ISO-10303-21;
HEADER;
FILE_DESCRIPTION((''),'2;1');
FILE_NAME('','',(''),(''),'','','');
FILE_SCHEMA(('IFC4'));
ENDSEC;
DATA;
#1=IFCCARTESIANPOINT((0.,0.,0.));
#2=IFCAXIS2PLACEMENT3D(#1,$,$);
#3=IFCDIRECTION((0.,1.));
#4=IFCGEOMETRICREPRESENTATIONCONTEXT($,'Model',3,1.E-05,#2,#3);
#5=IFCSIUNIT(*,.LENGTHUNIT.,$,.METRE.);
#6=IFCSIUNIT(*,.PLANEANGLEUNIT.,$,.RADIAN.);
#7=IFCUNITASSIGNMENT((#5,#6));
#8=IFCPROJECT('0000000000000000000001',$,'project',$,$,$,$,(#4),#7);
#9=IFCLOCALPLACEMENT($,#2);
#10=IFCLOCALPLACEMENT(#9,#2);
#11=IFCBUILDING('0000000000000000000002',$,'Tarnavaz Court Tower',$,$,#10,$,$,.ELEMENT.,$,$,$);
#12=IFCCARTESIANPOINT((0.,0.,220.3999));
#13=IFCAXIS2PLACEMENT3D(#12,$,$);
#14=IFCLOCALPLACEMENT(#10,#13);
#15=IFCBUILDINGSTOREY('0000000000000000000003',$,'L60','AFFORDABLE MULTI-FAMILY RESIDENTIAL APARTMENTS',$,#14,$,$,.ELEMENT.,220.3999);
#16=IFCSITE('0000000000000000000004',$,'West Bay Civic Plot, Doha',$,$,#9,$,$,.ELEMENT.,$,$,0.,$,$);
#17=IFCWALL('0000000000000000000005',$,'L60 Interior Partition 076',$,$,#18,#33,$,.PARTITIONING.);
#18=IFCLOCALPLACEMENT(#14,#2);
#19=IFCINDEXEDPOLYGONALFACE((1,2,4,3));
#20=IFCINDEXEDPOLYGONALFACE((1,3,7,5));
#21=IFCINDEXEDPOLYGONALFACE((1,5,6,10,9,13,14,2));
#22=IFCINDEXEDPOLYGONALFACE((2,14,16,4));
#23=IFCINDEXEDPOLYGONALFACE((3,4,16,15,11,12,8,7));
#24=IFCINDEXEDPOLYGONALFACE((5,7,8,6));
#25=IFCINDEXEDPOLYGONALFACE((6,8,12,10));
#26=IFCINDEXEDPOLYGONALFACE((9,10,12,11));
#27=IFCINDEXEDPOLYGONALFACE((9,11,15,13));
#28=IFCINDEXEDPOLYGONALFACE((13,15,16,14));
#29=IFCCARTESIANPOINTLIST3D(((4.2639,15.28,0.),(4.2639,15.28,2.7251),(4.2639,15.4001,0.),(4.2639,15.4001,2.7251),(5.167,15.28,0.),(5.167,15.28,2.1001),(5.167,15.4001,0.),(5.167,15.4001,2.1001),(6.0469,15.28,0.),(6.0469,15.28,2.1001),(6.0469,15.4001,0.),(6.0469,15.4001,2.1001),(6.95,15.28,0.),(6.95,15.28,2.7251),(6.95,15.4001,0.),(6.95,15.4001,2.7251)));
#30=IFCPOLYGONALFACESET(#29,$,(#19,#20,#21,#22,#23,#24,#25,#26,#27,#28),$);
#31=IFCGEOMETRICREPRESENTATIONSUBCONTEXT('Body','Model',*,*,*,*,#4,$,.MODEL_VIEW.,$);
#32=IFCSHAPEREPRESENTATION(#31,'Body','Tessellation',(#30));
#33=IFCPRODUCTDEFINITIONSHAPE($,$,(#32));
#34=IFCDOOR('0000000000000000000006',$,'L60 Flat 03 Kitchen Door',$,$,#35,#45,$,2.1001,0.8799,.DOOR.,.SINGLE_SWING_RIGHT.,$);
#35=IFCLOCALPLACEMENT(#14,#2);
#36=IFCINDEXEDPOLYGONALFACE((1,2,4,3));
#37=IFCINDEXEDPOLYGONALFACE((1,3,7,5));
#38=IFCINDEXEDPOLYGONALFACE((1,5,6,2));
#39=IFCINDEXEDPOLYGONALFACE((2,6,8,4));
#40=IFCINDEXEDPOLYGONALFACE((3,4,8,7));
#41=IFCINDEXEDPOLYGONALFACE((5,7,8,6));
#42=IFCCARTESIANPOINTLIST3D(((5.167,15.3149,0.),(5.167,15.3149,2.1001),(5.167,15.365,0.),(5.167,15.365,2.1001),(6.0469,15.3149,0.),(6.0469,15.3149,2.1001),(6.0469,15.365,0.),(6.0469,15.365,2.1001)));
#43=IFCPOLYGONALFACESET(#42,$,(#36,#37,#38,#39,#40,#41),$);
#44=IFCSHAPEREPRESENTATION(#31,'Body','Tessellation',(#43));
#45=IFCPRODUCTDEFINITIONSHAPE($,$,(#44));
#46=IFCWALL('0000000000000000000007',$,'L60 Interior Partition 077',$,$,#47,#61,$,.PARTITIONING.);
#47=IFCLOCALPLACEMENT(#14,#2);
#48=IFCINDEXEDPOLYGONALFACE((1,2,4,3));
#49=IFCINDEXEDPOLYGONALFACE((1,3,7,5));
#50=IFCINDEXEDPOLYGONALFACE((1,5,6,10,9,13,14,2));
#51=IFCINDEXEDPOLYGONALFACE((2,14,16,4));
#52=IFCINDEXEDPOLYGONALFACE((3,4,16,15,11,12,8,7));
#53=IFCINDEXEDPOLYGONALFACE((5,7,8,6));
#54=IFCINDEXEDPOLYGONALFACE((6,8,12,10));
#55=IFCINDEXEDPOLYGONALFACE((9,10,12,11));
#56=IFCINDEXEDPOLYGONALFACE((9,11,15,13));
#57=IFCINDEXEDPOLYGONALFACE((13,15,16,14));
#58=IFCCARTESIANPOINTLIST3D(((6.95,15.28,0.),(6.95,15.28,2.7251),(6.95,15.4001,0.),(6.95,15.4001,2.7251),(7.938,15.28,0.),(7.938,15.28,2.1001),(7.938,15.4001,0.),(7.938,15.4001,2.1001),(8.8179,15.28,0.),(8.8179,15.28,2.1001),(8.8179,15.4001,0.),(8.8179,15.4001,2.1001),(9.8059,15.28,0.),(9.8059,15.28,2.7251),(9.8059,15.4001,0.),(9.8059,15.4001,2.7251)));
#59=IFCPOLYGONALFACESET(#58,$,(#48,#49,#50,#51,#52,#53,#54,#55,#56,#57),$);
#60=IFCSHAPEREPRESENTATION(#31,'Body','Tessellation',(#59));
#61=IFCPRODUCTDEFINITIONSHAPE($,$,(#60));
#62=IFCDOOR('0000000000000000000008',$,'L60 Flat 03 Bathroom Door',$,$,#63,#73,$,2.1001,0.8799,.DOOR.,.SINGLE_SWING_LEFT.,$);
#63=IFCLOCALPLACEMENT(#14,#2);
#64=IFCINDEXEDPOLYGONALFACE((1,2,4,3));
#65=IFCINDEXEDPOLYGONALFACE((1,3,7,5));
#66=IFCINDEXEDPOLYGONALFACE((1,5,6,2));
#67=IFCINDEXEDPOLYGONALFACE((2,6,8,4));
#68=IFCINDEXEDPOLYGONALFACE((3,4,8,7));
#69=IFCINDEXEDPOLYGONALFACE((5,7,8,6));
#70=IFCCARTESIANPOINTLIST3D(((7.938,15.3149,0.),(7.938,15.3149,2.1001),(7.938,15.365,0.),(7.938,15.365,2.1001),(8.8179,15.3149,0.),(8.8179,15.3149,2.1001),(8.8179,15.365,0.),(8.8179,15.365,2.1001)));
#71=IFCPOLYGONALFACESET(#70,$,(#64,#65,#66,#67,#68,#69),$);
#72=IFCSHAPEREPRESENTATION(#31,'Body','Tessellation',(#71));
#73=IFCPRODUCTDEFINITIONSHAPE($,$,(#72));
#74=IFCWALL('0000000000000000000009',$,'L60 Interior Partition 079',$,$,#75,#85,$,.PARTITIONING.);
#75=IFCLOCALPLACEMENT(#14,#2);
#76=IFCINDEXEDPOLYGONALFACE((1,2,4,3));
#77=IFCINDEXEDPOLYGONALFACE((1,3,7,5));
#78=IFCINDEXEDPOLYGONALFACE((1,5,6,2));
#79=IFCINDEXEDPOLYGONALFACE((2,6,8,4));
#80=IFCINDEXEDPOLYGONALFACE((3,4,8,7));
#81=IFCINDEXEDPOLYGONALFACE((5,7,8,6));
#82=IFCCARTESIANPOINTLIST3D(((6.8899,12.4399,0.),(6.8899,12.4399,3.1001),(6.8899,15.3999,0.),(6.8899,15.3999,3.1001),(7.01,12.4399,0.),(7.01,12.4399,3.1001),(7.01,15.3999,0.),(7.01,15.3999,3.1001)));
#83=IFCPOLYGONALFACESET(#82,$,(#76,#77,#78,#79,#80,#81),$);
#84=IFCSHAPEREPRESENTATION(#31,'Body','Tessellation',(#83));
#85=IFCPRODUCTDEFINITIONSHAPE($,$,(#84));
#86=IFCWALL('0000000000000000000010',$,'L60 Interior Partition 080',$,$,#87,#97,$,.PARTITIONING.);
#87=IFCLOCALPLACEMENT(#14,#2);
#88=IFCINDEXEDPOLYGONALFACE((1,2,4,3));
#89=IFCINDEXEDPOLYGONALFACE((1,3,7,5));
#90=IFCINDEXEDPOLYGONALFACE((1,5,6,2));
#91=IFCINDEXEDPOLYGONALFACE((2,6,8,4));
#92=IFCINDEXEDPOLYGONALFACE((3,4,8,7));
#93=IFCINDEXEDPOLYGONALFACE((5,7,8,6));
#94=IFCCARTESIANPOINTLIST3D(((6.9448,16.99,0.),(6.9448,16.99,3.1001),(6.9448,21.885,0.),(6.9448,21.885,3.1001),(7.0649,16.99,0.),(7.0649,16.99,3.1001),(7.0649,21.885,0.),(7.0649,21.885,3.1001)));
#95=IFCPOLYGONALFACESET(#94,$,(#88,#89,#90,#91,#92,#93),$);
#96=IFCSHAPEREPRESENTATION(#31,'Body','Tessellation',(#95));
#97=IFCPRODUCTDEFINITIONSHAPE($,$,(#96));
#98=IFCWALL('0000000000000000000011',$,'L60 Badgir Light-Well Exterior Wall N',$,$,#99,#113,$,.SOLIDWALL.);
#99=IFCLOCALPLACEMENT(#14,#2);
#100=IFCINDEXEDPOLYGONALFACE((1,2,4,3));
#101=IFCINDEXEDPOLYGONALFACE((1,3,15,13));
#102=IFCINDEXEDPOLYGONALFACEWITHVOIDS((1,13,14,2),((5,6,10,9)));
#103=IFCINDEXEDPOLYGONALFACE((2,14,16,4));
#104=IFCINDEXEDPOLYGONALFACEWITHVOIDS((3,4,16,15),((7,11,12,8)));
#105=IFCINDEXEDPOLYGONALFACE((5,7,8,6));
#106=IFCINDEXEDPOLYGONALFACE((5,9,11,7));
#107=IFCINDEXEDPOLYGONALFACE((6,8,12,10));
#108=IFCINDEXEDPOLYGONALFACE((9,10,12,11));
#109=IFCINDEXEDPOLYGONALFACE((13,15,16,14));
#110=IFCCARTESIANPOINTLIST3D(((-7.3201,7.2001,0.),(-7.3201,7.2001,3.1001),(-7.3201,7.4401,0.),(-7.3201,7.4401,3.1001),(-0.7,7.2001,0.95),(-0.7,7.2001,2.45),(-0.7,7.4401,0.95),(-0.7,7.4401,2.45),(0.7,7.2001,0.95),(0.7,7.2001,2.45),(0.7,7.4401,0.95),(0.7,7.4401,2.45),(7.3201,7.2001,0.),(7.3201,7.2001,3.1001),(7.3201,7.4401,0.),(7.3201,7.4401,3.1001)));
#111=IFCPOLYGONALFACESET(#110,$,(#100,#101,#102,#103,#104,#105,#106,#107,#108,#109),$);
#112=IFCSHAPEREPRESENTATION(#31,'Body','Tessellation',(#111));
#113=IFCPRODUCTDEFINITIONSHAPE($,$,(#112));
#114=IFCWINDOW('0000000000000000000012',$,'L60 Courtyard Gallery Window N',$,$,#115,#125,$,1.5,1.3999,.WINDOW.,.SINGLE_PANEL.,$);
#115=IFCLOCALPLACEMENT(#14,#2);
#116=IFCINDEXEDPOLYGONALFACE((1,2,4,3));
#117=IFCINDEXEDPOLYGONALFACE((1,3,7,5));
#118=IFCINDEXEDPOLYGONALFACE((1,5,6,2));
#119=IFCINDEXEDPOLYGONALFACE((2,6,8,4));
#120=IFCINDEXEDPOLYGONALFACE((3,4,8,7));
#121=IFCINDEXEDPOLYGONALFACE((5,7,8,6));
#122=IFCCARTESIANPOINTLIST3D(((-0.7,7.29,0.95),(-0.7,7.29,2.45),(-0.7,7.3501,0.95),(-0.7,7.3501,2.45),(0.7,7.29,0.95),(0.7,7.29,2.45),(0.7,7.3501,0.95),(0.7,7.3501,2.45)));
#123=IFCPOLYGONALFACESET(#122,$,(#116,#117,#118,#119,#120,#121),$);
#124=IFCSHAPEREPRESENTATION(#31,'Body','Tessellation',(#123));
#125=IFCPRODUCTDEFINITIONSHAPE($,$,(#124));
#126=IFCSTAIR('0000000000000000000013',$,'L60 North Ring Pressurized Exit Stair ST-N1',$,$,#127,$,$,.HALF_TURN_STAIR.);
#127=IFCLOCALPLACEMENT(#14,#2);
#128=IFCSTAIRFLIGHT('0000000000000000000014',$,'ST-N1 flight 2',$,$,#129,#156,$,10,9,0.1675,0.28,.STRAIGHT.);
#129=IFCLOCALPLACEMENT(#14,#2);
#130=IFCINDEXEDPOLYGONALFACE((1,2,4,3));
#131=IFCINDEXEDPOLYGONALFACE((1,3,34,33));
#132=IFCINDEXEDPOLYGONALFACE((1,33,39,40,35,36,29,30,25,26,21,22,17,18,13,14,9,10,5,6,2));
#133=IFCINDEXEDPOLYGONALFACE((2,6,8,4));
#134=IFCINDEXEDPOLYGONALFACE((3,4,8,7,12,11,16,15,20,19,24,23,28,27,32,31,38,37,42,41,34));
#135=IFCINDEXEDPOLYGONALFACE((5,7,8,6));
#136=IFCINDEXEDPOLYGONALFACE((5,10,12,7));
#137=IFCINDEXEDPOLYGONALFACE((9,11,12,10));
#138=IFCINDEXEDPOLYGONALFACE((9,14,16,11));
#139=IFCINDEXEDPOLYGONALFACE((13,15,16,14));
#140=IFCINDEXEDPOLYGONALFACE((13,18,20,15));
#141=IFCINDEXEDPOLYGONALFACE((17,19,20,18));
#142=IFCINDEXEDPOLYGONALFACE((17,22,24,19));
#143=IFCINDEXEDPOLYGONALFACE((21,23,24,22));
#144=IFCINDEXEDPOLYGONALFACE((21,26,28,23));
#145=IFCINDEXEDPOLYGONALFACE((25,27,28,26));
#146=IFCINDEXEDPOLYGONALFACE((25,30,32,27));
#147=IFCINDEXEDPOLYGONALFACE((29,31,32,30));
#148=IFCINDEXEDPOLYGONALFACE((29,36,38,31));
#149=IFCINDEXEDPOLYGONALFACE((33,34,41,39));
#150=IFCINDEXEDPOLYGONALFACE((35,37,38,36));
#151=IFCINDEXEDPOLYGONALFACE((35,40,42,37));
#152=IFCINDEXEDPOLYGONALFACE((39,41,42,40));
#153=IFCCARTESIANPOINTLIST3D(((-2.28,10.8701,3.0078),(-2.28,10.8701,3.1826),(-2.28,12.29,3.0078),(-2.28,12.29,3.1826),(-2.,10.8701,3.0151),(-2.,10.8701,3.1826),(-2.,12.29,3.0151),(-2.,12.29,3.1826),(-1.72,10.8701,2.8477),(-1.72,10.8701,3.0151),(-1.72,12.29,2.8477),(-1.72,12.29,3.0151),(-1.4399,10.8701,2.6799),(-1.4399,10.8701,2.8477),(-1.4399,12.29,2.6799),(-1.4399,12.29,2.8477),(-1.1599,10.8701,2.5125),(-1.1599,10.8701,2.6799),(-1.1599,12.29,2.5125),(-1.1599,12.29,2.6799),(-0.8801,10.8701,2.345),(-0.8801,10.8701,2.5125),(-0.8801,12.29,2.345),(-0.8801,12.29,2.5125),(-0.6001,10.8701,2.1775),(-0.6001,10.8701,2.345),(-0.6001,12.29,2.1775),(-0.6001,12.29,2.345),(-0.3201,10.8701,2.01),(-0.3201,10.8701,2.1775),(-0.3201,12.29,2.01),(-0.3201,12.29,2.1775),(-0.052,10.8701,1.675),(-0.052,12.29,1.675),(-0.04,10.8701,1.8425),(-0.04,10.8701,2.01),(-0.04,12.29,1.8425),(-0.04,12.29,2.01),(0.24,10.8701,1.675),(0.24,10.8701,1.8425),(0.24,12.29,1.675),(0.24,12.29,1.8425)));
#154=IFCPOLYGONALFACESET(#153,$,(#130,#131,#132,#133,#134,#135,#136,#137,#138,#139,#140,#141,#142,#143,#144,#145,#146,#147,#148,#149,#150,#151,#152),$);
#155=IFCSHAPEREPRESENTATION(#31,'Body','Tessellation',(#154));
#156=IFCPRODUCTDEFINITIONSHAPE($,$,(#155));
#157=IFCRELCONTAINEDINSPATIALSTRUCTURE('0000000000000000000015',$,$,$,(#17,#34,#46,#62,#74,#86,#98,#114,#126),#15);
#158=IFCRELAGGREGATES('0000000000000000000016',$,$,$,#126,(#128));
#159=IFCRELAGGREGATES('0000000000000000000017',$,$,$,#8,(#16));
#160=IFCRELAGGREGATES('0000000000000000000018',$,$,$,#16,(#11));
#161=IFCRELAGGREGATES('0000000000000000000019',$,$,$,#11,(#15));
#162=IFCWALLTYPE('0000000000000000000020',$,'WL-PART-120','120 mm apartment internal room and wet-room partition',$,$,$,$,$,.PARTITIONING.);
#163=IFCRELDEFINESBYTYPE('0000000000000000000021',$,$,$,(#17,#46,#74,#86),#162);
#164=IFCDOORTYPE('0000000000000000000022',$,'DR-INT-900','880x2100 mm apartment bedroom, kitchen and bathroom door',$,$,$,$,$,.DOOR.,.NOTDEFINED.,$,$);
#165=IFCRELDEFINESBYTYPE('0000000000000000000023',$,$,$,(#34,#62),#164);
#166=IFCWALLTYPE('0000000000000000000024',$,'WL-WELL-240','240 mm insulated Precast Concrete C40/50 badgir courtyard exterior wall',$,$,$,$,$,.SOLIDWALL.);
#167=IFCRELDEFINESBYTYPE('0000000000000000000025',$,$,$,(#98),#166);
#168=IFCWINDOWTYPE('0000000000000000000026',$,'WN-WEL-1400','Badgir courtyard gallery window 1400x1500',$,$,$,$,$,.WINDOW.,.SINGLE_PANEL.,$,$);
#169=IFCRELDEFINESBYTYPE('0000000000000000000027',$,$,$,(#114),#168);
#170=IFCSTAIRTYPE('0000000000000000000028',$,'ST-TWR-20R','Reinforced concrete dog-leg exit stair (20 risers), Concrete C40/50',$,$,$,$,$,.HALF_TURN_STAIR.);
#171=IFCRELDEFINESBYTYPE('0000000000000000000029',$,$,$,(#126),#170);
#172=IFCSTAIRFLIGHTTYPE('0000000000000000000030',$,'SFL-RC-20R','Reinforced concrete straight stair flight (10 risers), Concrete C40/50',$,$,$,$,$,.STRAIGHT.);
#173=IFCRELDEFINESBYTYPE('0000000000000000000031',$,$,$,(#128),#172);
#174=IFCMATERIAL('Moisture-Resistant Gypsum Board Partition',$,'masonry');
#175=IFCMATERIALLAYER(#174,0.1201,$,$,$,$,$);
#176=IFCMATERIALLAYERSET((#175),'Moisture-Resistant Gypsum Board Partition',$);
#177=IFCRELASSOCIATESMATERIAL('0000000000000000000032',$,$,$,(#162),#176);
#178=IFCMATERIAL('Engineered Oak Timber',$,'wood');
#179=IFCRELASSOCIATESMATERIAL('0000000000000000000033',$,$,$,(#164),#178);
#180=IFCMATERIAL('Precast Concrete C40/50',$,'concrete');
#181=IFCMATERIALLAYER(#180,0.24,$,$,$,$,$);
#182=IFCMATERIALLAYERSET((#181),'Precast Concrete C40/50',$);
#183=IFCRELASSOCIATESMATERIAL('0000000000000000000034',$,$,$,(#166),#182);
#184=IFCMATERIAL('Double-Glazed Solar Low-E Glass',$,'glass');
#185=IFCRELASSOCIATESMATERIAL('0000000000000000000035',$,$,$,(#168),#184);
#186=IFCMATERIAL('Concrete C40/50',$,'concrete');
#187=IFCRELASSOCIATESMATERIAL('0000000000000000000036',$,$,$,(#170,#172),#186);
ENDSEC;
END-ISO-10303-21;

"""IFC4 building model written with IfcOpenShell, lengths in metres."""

from ifc_helpers import new_model, si_unit, direction, frame, frame_2d, origin, place, context, subcontext, project, spatial, polyline, rectangle, outline, extrude, material, layer, layer_set, type_object, element, fill, aggregate, save


model = new_model("IFC4")

# Units and contexts
model_context = context("Model", 3, precision=1e-05, world=origin(), true_north=direction((0.0, 1.0)))
body_context = subcontext(model_context, "Body", "Model", "MODEL_VIEW")
ifc_project = project(units=[si_unit("LENGTHUNIT", "METRE"), si_unit("PLANEANGLEUNIT", "RADIAN")], contexts=[model_context])

# Site, building, storey
site_placement = place(None, origin())
site = spatial("IfcSite", under=ifc_project, at=site_placement, Name="West Bay Civic Plot, Doha", CompositionType="ELEMENT", RefElevation=0.0)
building_placement = place(site_placement, origin())
building = spatial("IfcBuilding", under=site, at=building_placement, Name="Tarnavaz Court Tower", CompositionType="ELEMENT")
storey_placement = place(building_placement, frame((0.0, 0.0, 220.3999)))
storey = spatial("IfcBuildingStorey", under=building, at=storey_placement, Name="L60", Description="AFFORDABLE MULTI-FAMILY RESIDENTIAL APARTMENTS", CompositionType="ELEMENT", Elevation=220.3999)

# Shared definitions
ifc_material_1 = material(Name="Moisture-Resistant Gypsum Board Partition", Category="masonry")
ifc_layer_1 = layer(ifc_material_1, 0.1201)
ifc_layer_set_1 = layer_set([ifc_layer_1], Name="Moisture-Resistant Gypsum Board Partition")
wall_type_1 = type_object("IfcWallType", Name="WL-PART-120", Description="120 mm apartment internal room and wet-room partition", PredefinedType="PARTITIONING", material=ifc_layer_set_1)

# Walls, openings, doors
ifc_material_2 = material(Name="Engineered Oak Timber", Category="wood")
wall_1_placement = place(storey_placement, frame((4.2639, 15.3401, 0.0), z_axis=(0.0, 0.0, 1.0), x_axis=(1.0, 0.0, 0.0)))
wall_1 = element("IfcWall", 1, at=wall_1_placement, inside=storey, type_object=wall_type_1, Name="L60 Interior Partition 076", PredefinedType="PARTITIONING", context=body_context, shape_type="SweptSolid", body=[
    extrude(rectangle(XDim=2.686, YDim=0.1201, at=frame_2d((1.343, 0.0))), origin(), (0.0, 0.0, 1.0), 2.7251),
])
opening_1_placement = place(wall_1_placement, frame((0.9031, 0.0, 0.0)))
opening_1 = element("IfcOpeningElement", 2, at=opening_1_placement, cuts=wall_1, PredefinedType="OPENING", context=body_context, shape_type="SweptSolid", body=[
    extrude(rectangle(XDim=0.8799, YDim=2.1001, at=frame_2d((0.4399, 1.05))), frame((0.0, 0.0701, 0.0), z_axis=(0.0, -1.0, 0.0), x_axis=(1.0, 0.0, 0.0)), (0.0, 0.0, 1.0), 0.1401),
])
door_type_1 = type_object("IfcDoorType", Name="DR-INT-900", Description="880x2100 mm apartment bedroom, kitchen and bathroom door", OperationType="NOTDEFINED", PredefinedType="DOOR", material=ifc_material_2)
door_1_placement = place(opening_1_placement, origin())
door_1 = element("IfcDoor", 3, at=door_1_placement, inside=storey, type_object=door_type_1, Name="L60 Flat 03 Kitchen Door", OperationType="SINGLE_SWING_RIGHT", OverallHeight=2.1001, OverallWidth=0.8799, PredefinedType="DOOR", context=body_context, shape_type="SweptSolid", body=[
    extrude(rectangle(XDim=0.8799, YDim=2.1001, at=frame_2d((0.4399, 1.05))), frame((0.0, 0.0249, 0.0), z_axis=(0.0, -1.0, 0.0), x_axis=(1.0, 0.0, 0.0)), (0.0, 0.0, 1.0), 0.05),
])
fill(opening_1, door_1)
wall_2_placement = place(storey_placement, frame((6.95, 15.3401, 0.0), z_axis=(0.0, 0.0, 1.0), x_axis=(1.0, 0.0, 0.0)))
wall_2 = element("IfcWall", 4, at=wall_2_placement, inside=storey, type_object=wall_type_1, Name="L60 Interior Partition 077", PredefinedType="PARTITIONING", context=body_context, shape_type="SweptSolid", body=[
    extrude(rectangle(XDim=2.856, YDim=0.1201, at=frame_2d((1.428, 0.0))), origin(), (0.0, 0.0, 1.0), 2.7251),
])
opening_2_placement = place(wall_2_placement, frame((0.988, 0.0, 0.0)))
opening_2 = element("IfcOpeningElement", 5, at=opening_2_placement, cuts=wall_2, PredefinedType="OPENING", context=body_context, shape_type="SweptSolid", body=[
    extrude(rectangle(XDim=0.8799, YDim=2.1001, at=frame_2d((0.4399, 1.05))), frame((0.0, 0.0701, 0.0), z_axis=(0.0, -1.0, 0.0), x_axis=(1.0, 0.0, 0.0)), (0.0, 0.0, 1.0), 0.1401),
])
door_2_placement = place(opening_2_placement, origin())
door_2 = element("IfcDoor", 6, at=door_2_placement, inside=storey, type_object=door_type_1, Name="L60 Flat 03 Bathroom Door", OperationType="SINGLE_SWING_LEFT", OverallHeight=2.1001, OverallWidth=0.8799, PredefinedType="DOOR", context=body_context, shape_type="SweptSolid", body=[
    extrude(rectangle(XDim=0.8799, YDim=2.1001, at=frame_2d((0.4399, 1.05))), frame((0.0, 0.0249, 0.0), z_axis=(0.0, -1.0, 0.0), x_axis=(1.0, 0.0, 0.0)), (0.0, 0.0, 1.0), 0.05),
])
fill(opening_2, door_2)

# Walls
wall_3_placement = place(storey_placement, frame((6.95, 12.4399, 0.0), z_axis=(0.0, 0.0, 1.0), x_axis=(0.0, 1.0, 0.0)))
element("IfcWall", 7, at=wall_3_placement, inside=storey, type_object=wall_type_1, Name="L60 Interior Partition 079", PredefinedType="PARTITIONING", context=body_context, shape_type="SweptSolid", body=[
    extrude(rectangle(XDim=2.96, YDim=0.1201, at=frame_2d((1.48, 0.0))), origin(), (0.0, 0.0, 1.0), 3.1001),
])
wall_4_placement = place(storey_placement, frame((7.0049, 16.99, 0.0), z_axis=(0.0, 0.0, 1.0), x_axis=(0.0, 1.0, 0.0)))
element("IfcWall", 8, at=wall_4_placement, inside=storey, type_object=wall_type_1, Name="L60 Interior Partition 080", PredefinedType="PARTITIONING", context=body_context, shape_type="SweptSolid", body=[
    extrude(rectangle(XDim=4.895, YDim=0.1201, at=frame_2d((2.4475, 0.0))), origin(), (0.0, 0.0, 1.0), 3.1001),
])

# Wall, opening, window
ifc_material_3 = material(Name="Precast Concrete C40/50", Category="concrete")
ifc_layer_2 = layer(ifc_material_3, 0.24)
ifc_layer_set_2 = layer_set([ifc_layer_2], Name="Precast Concrete C40/50")
wall_type_2 = type_object("IfcWallType", Name="WL-WELL-240", Description="240 mm insulated Precast Concrete C40/50 badgir courtyard exterior wall", PredefinedType="SOLIDWALL", material=ifc_layer_set_2)
wall_5_placement = place(storey_placement, frame((7.3201, 7.3201, 0.0), z_axis=(0.0, 0.0, 1.0), x_axis=(-1.0, 0.0, 0.0)))
wall_5 = element("IfcWall", 9, at=wall_5_placement, inside=storey, type_object=wall_type_2, Name="L60 Badgir Light-Well Exterior Wall N", PredefinedType="SOLIDWALL", context=body_context, shape_type="SweptSolid", body=[
    extrude(rectangle(XDim=14.6401, YDim=0.24, at=frame_2d((7.3201, 0.0))), origin(), (0.0, 0.0, 1.0), 3.1001),
])
opening_3_placement = place(wall_5_placement, frame((6.6201, 0.0, 0.95)))
opening_3 = element("IfcOpeningElement", 10, at=opening_3_placement, cuts=wall_5, PredefinedType="OPENING", context=body_context, shape_type="SweptSolid", body=[
    extrude(rectangle(XDim=1.3999, YDim=1.5, at=frame_2d((0.7, 0.75))), frame((0.0, 0.1299, 0.0), z_axis=(0.0, -1.0, 0.0), x_axis=(1.0, 0.0, 0.0)), (0.0, 0.0, 1.0), 0.26),
])
ifc_material_4 = material(Name="Double-Glazed Solar Low-E Glass", Category="glass")
window_type = type_object("IfcWindowType", Name="WN-WEL-1400", Description="Badgir courtyard gallery window 1400x1500", PartitioningType="SINGLE_PANEL", PredefinedType="WINDOW", material=ifc_material_4)
window_placement = place(opening_3_placement, origin())
window = element("IfcWindow", 11, at=window_placement, inside=storey, type_object=window_type, Name="L60 Courtyard Gallery Window N", OverallHeight=1.5, OverallWidth=1.3999, PartitioningType="SINGLE_PANEL", PredefinedType="WINDOW", context=body_context, shape_type="SweptSolid", body=[
    extrude(rectangle(XDim=1.3999, YDim=1.5, at=frame_2d((0.7, 0.75))), frame((0.0, 0.03, 0.0), z_axis=(0.0, -1.0, 0.0), x_axis=(1.0, 0.0, 0.0)), (0.0, 0.0, 1.0), 0.0601),
])
fill(opening_3, window)

# Stair, stair flight
ifc_material_5 = material(Name="Concrete C40/50", Category="concrete")
stair_type = type_object("IfcStairType", Name="ST-TWR-20R", Description="Reinforced concrete dog-leg exit stair (20 risers), Concrete C40/50", PredefinedType="HALF_TURN_STAIR", material=ifc_material_5)
stair_placement = place(storey_placement, origin())
stair = element("IfcStair", 12, at=stair_placement, inside=storey, type_object=stair_type, Name="L60 North Ring Pressurized Exit Stair ST-N1", PredefinedType="HALF_TURN_STAIR")
stair_flight_type = type_object("IfcStairFlightType", Name="SFL-RC-20R", Description="Reinforced concrete straight stair flight (10 risers), Concrete C40/50", PredefinedType="STRAIGHT", material=ifc_material_5)
stair_flight_placement = place(storey_placement, frame((0.24, 11.5801, 1.675), z_axis=(0.0, 0.0, 1.0), x_axis=(-1.0, 0.0, 0.0)))
stair_flight = element("IfcStairFlight", 13, at=stair_flight_placement, type_object=stair_flight_type, Name="ST-N1 flight 2", NumberOfRisers=10, NumberOfTreads=9, PredefinedType="STRAIGHT", RiserHeight=0.1675, TreadLength=0.28, context=body_context, shape_type="SweptSolid", body=[
    extrude(outline(polyline([(0.0, 0.0), (0.0, 0.1675), (0.28, 0.1675), (0.28, 0.335), (0.5601, 0.335), (0.5601, 0.5024), (0.8401, 0.5024), (0.8401, 0.6699), (1.1201, 0.6699), (1.1201, 0.8374), (1.3999, 0.8374), (1.3999, 1.0049), (1.6799, 1.0049), (1.6799, 1.1726), (1.96, 1.1726), (1.96, 1.3401), (2.24, 1.3401), (2.24, 1.5076), (2.52, 1.5076), (2.52, 1.675), (2.52, 1.3328), (0.292, 0.0), (0.0, 0.0)])), frame((0.0, 0.71, 0.0), z_axis=(0.0, -1.0, 0.0), x_axis=(1.0, 0.0, 0.0)), (0.0, 0.0, 1.0), 1.4199),
])
aggregate(stair, [stair_flight])

save(model, "model.ifc")
